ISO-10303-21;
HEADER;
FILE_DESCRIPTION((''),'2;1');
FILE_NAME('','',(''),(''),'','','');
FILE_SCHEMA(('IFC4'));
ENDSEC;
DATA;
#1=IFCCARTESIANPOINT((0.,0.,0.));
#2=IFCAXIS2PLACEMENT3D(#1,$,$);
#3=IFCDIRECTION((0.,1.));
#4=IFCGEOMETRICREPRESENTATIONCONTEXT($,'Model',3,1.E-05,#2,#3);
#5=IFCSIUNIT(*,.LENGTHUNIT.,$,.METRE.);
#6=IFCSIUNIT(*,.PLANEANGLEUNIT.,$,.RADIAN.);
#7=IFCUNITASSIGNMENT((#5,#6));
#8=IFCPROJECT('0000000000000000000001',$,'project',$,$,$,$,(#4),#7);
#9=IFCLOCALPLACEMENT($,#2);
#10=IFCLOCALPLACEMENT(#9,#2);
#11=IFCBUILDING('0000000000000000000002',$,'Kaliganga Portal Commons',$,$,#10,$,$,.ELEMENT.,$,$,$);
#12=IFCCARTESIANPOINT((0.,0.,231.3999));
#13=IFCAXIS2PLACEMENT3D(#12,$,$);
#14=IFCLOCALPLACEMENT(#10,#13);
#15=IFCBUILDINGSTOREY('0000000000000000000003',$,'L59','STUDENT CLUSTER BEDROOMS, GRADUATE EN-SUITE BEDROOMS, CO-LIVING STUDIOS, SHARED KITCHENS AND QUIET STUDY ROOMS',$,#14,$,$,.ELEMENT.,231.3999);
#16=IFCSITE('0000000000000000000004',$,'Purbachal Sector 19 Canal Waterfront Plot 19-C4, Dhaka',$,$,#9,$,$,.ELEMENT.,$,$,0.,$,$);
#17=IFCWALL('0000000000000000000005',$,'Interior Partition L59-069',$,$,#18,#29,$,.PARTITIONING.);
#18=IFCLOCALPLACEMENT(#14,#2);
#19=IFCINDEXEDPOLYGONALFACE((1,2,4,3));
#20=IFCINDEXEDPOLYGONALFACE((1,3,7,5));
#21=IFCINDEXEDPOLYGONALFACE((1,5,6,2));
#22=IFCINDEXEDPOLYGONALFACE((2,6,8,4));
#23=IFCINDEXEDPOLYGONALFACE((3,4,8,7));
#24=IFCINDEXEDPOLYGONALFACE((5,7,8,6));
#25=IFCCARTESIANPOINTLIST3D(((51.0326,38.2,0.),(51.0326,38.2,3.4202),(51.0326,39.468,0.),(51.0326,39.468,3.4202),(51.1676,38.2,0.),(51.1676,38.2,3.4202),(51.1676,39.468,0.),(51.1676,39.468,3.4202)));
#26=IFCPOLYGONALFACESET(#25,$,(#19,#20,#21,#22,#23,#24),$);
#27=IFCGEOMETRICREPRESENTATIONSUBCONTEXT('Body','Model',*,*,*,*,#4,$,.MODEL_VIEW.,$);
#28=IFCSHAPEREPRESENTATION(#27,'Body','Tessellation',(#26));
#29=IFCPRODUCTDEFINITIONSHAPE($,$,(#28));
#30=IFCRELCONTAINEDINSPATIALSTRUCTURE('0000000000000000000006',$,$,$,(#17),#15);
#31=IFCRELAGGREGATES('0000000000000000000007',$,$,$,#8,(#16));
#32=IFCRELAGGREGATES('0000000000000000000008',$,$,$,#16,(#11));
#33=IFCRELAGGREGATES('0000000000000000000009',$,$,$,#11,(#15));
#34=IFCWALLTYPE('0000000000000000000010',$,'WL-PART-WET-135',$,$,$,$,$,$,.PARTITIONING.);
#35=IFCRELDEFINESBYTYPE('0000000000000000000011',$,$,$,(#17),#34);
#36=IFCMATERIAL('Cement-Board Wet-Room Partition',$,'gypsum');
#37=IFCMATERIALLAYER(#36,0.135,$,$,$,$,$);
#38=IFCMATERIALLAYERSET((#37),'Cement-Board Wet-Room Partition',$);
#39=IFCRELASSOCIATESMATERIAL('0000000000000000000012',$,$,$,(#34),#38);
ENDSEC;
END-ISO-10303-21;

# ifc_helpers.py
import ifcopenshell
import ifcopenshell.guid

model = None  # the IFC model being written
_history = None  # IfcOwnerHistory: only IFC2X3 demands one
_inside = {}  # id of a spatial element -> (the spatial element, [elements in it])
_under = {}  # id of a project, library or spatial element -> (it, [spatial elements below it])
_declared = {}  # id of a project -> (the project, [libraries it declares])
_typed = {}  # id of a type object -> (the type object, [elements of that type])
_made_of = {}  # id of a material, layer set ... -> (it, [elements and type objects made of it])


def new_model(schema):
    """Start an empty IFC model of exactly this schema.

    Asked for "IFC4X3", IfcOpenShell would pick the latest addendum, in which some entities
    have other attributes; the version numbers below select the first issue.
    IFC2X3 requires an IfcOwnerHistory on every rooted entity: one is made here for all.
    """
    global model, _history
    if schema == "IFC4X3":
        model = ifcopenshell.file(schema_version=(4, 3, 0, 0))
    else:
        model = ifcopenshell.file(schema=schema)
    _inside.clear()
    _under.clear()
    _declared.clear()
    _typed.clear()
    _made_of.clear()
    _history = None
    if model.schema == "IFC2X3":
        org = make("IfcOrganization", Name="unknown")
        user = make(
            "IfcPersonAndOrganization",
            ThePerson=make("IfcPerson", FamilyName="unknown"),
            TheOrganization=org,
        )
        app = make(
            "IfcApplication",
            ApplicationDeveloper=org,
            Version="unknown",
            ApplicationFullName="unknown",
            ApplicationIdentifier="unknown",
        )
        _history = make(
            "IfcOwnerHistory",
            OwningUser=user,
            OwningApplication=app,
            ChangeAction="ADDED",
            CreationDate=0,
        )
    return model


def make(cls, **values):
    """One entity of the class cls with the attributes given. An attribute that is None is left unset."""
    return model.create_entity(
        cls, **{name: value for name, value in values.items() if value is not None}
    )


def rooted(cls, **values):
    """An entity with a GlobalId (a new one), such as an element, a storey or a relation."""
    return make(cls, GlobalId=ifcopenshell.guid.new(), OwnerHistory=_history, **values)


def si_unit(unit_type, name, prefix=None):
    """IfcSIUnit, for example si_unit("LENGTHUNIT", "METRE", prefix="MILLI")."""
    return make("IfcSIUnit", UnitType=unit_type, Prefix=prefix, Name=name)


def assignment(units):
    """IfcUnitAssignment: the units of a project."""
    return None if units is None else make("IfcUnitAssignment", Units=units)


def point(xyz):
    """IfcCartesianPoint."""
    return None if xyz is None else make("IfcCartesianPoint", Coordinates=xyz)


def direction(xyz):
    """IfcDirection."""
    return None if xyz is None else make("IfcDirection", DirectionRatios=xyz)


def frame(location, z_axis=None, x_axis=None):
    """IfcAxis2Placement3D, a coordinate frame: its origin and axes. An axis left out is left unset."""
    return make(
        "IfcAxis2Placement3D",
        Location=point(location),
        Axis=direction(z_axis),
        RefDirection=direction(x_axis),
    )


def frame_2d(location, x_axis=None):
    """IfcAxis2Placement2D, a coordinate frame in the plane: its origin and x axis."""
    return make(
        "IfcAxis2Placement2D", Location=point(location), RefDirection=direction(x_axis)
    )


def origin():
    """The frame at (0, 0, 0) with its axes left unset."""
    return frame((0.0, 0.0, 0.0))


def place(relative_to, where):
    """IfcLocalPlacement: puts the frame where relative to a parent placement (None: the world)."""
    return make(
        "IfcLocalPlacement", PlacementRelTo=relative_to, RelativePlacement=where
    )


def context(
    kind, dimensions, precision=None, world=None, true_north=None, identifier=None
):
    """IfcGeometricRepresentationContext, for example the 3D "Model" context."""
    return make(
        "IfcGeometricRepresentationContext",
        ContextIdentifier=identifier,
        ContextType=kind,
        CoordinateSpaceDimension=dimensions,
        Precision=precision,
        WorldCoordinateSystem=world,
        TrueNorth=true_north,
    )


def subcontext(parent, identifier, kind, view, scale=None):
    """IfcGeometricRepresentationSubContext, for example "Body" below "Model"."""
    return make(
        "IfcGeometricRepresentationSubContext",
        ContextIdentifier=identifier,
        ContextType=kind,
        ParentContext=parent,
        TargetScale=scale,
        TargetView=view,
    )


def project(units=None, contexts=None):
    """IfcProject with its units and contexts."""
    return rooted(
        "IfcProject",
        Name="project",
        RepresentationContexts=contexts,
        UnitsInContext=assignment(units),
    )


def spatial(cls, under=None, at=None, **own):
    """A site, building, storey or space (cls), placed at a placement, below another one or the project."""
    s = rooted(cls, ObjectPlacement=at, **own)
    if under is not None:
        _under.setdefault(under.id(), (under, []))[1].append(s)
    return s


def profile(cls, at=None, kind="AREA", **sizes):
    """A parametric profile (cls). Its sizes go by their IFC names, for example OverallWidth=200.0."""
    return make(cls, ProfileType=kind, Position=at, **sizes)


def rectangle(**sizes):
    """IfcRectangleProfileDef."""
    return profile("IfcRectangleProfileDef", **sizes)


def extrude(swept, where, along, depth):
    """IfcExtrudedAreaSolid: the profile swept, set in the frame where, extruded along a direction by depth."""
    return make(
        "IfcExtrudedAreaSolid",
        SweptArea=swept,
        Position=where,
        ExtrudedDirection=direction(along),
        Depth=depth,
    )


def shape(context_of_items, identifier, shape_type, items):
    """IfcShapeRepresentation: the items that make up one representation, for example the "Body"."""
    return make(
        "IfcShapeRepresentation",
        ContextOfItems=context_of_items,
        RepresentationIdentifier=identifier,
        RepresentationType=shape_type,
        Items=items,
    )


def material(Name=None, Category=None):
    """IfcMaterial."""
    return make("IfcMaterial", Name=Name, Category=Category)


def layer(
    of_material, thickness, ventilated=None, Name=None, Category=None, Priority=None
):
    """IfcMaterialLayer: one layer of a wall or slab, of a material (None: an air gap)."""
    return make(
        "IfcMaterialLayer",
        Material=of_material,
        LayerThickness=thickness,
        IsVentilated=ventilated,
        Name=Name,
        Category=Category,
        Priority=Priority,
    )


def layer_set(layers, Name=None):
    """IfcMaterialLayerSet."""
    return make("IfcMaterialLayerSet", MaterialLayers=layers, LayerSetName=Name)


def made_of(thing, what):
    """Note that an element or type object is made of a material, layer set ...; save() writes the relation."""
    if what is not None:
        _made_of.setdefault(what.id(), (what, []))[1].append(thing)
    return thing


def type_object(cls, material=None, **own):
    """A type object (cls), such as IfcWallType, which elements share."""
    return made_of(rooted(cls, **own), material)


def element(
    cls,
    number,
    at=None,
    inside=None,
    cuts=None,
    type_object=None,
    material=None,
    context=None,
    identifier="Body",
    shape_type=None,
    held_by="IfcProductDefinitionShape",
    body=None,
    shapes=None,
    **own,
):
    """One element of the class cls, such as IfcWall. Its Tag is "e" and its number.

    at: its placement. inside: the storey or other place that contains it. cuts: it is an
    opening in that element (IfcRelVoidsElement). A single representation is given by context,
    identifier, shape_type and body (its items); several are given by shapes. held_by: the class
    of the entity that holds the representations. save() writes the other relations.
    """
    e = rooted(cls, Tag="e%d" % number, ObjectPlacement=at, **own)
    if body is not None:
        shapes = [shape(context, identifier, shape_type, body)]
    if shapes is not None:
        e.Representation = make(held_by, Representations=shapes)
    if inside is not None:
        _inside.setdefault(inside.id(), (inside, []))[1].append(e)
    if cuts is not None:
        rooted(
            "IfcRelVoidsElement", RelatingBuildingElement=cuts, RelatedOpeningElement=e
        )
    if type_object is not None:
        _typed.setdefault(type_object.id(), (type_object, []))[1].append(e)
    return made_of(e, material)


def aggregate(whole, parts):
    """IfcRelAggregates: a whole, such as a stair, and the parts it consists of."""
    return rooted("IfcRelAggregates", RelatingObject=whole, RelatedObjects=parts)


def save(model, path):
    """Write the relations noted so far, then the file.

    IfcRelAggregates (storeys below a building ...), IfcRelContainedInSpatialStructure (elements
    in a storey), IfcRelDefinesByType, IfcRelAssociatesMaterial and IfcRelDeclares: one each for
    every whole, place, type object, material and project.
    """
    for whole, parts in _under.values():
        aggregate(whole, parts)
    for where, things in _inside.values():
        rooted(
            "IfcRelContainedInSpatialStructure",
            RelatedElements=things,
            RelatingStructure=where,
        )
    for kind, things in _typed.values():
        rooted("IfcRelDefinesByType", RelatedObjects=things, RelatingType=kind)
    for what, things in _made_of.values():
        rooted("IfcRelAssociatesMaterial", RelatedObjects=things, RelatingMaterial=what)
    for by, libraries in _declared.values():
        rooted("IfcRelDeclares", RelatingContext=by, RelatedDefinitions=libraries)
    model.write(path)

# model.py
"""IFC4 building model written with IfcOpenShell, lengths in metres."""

from ifc_helpers import new_model, si_unit, direction, frame, frame_2d, origin, place, context, subcontext, project, spatial, rectangle, extrude, material, layer, layer_set, type_object, element, save


model = new_model("IFC4")

# Units and contexts
model_context = context("Model", 3, precision=1e-05, world=origin(), true_north=direction((0.0, 1.0)))
body_context = subcontext(model_context, "Body", "Model", "MODEL_VIEW")
ifc_project = project(units=[si_unit("LENGTHUNIT", "METRE"), si_unit("PLANEANGLEUNIT", "RADIAN")], contexts=[model_context])

# Site, building, storey
site_placement = place(None, origin())
site = spatial("IfcSite", under=ifc_project, at=site_placement, Name="Purbachal Sector 19 Canal Waterfront Plot 19-C4, Dhaka", CompositionType="ELEMENT", RefElevation=0.0)
building_placement = place(site_placement, origin())
building = spatial("IfcBuilding", under=site, at=building_placement, Name="Kaliganga Portal Commons", CompositionType="ELEMENT")
storey_placement = place(building_placement, frame((0.0, 0.0, 231.3999)))
storey = spatial("IfcBuildingStorey", under=building, at=storey_placement, Name="L59", Description="STUDENT CLUSTER BEDROOMS, GRADUATE EN-SUITE BEDROOMS, CO-LIVING STUDIOS, SHARED KITCHENS AND QUIET STUDY ROOMS", CompositionType="ELEMENT", Elevation=231.3999)

# Wall
ifc_material_1 = material(Name="Cement-Board Wet-Room Partition", Category="gypsum")
ifc_layer_1 = layer(ifc_material_1, 0.135)
ifc_layer_set_1 = layer_set([ifc_layer_1], Name="Cement-Board Wet-Room Partition")
wall_type_1 = type_object("IfcWallType", Name="WL-PART-WET-135", PredefinedType="PARTITIONING", material=ifc_layer_set_1)
wall_1_placement = place(storey_placement, frame((51.1001, 38.2, 0.0), z_axis=(0.0, 0.0, 1.0), x_axis=(0.0, 1.0, 0.0)))
element("IfcWall", 1, at=wall_1_placement, inside=storey, type_object=wall_type_1, Name="Interior Partition L59-069", PredefinedType="PARTITIONING", context=body_context, shape_type="SweptSolid", body=[
    extrude(rectangle(XDim=1.2681, YDim=0.135, at=frame_2d((0.634, 0.0))), origin(), (0.0, 0.0, 1.0), 3.4202),
])

save(model, "model.ifc")
